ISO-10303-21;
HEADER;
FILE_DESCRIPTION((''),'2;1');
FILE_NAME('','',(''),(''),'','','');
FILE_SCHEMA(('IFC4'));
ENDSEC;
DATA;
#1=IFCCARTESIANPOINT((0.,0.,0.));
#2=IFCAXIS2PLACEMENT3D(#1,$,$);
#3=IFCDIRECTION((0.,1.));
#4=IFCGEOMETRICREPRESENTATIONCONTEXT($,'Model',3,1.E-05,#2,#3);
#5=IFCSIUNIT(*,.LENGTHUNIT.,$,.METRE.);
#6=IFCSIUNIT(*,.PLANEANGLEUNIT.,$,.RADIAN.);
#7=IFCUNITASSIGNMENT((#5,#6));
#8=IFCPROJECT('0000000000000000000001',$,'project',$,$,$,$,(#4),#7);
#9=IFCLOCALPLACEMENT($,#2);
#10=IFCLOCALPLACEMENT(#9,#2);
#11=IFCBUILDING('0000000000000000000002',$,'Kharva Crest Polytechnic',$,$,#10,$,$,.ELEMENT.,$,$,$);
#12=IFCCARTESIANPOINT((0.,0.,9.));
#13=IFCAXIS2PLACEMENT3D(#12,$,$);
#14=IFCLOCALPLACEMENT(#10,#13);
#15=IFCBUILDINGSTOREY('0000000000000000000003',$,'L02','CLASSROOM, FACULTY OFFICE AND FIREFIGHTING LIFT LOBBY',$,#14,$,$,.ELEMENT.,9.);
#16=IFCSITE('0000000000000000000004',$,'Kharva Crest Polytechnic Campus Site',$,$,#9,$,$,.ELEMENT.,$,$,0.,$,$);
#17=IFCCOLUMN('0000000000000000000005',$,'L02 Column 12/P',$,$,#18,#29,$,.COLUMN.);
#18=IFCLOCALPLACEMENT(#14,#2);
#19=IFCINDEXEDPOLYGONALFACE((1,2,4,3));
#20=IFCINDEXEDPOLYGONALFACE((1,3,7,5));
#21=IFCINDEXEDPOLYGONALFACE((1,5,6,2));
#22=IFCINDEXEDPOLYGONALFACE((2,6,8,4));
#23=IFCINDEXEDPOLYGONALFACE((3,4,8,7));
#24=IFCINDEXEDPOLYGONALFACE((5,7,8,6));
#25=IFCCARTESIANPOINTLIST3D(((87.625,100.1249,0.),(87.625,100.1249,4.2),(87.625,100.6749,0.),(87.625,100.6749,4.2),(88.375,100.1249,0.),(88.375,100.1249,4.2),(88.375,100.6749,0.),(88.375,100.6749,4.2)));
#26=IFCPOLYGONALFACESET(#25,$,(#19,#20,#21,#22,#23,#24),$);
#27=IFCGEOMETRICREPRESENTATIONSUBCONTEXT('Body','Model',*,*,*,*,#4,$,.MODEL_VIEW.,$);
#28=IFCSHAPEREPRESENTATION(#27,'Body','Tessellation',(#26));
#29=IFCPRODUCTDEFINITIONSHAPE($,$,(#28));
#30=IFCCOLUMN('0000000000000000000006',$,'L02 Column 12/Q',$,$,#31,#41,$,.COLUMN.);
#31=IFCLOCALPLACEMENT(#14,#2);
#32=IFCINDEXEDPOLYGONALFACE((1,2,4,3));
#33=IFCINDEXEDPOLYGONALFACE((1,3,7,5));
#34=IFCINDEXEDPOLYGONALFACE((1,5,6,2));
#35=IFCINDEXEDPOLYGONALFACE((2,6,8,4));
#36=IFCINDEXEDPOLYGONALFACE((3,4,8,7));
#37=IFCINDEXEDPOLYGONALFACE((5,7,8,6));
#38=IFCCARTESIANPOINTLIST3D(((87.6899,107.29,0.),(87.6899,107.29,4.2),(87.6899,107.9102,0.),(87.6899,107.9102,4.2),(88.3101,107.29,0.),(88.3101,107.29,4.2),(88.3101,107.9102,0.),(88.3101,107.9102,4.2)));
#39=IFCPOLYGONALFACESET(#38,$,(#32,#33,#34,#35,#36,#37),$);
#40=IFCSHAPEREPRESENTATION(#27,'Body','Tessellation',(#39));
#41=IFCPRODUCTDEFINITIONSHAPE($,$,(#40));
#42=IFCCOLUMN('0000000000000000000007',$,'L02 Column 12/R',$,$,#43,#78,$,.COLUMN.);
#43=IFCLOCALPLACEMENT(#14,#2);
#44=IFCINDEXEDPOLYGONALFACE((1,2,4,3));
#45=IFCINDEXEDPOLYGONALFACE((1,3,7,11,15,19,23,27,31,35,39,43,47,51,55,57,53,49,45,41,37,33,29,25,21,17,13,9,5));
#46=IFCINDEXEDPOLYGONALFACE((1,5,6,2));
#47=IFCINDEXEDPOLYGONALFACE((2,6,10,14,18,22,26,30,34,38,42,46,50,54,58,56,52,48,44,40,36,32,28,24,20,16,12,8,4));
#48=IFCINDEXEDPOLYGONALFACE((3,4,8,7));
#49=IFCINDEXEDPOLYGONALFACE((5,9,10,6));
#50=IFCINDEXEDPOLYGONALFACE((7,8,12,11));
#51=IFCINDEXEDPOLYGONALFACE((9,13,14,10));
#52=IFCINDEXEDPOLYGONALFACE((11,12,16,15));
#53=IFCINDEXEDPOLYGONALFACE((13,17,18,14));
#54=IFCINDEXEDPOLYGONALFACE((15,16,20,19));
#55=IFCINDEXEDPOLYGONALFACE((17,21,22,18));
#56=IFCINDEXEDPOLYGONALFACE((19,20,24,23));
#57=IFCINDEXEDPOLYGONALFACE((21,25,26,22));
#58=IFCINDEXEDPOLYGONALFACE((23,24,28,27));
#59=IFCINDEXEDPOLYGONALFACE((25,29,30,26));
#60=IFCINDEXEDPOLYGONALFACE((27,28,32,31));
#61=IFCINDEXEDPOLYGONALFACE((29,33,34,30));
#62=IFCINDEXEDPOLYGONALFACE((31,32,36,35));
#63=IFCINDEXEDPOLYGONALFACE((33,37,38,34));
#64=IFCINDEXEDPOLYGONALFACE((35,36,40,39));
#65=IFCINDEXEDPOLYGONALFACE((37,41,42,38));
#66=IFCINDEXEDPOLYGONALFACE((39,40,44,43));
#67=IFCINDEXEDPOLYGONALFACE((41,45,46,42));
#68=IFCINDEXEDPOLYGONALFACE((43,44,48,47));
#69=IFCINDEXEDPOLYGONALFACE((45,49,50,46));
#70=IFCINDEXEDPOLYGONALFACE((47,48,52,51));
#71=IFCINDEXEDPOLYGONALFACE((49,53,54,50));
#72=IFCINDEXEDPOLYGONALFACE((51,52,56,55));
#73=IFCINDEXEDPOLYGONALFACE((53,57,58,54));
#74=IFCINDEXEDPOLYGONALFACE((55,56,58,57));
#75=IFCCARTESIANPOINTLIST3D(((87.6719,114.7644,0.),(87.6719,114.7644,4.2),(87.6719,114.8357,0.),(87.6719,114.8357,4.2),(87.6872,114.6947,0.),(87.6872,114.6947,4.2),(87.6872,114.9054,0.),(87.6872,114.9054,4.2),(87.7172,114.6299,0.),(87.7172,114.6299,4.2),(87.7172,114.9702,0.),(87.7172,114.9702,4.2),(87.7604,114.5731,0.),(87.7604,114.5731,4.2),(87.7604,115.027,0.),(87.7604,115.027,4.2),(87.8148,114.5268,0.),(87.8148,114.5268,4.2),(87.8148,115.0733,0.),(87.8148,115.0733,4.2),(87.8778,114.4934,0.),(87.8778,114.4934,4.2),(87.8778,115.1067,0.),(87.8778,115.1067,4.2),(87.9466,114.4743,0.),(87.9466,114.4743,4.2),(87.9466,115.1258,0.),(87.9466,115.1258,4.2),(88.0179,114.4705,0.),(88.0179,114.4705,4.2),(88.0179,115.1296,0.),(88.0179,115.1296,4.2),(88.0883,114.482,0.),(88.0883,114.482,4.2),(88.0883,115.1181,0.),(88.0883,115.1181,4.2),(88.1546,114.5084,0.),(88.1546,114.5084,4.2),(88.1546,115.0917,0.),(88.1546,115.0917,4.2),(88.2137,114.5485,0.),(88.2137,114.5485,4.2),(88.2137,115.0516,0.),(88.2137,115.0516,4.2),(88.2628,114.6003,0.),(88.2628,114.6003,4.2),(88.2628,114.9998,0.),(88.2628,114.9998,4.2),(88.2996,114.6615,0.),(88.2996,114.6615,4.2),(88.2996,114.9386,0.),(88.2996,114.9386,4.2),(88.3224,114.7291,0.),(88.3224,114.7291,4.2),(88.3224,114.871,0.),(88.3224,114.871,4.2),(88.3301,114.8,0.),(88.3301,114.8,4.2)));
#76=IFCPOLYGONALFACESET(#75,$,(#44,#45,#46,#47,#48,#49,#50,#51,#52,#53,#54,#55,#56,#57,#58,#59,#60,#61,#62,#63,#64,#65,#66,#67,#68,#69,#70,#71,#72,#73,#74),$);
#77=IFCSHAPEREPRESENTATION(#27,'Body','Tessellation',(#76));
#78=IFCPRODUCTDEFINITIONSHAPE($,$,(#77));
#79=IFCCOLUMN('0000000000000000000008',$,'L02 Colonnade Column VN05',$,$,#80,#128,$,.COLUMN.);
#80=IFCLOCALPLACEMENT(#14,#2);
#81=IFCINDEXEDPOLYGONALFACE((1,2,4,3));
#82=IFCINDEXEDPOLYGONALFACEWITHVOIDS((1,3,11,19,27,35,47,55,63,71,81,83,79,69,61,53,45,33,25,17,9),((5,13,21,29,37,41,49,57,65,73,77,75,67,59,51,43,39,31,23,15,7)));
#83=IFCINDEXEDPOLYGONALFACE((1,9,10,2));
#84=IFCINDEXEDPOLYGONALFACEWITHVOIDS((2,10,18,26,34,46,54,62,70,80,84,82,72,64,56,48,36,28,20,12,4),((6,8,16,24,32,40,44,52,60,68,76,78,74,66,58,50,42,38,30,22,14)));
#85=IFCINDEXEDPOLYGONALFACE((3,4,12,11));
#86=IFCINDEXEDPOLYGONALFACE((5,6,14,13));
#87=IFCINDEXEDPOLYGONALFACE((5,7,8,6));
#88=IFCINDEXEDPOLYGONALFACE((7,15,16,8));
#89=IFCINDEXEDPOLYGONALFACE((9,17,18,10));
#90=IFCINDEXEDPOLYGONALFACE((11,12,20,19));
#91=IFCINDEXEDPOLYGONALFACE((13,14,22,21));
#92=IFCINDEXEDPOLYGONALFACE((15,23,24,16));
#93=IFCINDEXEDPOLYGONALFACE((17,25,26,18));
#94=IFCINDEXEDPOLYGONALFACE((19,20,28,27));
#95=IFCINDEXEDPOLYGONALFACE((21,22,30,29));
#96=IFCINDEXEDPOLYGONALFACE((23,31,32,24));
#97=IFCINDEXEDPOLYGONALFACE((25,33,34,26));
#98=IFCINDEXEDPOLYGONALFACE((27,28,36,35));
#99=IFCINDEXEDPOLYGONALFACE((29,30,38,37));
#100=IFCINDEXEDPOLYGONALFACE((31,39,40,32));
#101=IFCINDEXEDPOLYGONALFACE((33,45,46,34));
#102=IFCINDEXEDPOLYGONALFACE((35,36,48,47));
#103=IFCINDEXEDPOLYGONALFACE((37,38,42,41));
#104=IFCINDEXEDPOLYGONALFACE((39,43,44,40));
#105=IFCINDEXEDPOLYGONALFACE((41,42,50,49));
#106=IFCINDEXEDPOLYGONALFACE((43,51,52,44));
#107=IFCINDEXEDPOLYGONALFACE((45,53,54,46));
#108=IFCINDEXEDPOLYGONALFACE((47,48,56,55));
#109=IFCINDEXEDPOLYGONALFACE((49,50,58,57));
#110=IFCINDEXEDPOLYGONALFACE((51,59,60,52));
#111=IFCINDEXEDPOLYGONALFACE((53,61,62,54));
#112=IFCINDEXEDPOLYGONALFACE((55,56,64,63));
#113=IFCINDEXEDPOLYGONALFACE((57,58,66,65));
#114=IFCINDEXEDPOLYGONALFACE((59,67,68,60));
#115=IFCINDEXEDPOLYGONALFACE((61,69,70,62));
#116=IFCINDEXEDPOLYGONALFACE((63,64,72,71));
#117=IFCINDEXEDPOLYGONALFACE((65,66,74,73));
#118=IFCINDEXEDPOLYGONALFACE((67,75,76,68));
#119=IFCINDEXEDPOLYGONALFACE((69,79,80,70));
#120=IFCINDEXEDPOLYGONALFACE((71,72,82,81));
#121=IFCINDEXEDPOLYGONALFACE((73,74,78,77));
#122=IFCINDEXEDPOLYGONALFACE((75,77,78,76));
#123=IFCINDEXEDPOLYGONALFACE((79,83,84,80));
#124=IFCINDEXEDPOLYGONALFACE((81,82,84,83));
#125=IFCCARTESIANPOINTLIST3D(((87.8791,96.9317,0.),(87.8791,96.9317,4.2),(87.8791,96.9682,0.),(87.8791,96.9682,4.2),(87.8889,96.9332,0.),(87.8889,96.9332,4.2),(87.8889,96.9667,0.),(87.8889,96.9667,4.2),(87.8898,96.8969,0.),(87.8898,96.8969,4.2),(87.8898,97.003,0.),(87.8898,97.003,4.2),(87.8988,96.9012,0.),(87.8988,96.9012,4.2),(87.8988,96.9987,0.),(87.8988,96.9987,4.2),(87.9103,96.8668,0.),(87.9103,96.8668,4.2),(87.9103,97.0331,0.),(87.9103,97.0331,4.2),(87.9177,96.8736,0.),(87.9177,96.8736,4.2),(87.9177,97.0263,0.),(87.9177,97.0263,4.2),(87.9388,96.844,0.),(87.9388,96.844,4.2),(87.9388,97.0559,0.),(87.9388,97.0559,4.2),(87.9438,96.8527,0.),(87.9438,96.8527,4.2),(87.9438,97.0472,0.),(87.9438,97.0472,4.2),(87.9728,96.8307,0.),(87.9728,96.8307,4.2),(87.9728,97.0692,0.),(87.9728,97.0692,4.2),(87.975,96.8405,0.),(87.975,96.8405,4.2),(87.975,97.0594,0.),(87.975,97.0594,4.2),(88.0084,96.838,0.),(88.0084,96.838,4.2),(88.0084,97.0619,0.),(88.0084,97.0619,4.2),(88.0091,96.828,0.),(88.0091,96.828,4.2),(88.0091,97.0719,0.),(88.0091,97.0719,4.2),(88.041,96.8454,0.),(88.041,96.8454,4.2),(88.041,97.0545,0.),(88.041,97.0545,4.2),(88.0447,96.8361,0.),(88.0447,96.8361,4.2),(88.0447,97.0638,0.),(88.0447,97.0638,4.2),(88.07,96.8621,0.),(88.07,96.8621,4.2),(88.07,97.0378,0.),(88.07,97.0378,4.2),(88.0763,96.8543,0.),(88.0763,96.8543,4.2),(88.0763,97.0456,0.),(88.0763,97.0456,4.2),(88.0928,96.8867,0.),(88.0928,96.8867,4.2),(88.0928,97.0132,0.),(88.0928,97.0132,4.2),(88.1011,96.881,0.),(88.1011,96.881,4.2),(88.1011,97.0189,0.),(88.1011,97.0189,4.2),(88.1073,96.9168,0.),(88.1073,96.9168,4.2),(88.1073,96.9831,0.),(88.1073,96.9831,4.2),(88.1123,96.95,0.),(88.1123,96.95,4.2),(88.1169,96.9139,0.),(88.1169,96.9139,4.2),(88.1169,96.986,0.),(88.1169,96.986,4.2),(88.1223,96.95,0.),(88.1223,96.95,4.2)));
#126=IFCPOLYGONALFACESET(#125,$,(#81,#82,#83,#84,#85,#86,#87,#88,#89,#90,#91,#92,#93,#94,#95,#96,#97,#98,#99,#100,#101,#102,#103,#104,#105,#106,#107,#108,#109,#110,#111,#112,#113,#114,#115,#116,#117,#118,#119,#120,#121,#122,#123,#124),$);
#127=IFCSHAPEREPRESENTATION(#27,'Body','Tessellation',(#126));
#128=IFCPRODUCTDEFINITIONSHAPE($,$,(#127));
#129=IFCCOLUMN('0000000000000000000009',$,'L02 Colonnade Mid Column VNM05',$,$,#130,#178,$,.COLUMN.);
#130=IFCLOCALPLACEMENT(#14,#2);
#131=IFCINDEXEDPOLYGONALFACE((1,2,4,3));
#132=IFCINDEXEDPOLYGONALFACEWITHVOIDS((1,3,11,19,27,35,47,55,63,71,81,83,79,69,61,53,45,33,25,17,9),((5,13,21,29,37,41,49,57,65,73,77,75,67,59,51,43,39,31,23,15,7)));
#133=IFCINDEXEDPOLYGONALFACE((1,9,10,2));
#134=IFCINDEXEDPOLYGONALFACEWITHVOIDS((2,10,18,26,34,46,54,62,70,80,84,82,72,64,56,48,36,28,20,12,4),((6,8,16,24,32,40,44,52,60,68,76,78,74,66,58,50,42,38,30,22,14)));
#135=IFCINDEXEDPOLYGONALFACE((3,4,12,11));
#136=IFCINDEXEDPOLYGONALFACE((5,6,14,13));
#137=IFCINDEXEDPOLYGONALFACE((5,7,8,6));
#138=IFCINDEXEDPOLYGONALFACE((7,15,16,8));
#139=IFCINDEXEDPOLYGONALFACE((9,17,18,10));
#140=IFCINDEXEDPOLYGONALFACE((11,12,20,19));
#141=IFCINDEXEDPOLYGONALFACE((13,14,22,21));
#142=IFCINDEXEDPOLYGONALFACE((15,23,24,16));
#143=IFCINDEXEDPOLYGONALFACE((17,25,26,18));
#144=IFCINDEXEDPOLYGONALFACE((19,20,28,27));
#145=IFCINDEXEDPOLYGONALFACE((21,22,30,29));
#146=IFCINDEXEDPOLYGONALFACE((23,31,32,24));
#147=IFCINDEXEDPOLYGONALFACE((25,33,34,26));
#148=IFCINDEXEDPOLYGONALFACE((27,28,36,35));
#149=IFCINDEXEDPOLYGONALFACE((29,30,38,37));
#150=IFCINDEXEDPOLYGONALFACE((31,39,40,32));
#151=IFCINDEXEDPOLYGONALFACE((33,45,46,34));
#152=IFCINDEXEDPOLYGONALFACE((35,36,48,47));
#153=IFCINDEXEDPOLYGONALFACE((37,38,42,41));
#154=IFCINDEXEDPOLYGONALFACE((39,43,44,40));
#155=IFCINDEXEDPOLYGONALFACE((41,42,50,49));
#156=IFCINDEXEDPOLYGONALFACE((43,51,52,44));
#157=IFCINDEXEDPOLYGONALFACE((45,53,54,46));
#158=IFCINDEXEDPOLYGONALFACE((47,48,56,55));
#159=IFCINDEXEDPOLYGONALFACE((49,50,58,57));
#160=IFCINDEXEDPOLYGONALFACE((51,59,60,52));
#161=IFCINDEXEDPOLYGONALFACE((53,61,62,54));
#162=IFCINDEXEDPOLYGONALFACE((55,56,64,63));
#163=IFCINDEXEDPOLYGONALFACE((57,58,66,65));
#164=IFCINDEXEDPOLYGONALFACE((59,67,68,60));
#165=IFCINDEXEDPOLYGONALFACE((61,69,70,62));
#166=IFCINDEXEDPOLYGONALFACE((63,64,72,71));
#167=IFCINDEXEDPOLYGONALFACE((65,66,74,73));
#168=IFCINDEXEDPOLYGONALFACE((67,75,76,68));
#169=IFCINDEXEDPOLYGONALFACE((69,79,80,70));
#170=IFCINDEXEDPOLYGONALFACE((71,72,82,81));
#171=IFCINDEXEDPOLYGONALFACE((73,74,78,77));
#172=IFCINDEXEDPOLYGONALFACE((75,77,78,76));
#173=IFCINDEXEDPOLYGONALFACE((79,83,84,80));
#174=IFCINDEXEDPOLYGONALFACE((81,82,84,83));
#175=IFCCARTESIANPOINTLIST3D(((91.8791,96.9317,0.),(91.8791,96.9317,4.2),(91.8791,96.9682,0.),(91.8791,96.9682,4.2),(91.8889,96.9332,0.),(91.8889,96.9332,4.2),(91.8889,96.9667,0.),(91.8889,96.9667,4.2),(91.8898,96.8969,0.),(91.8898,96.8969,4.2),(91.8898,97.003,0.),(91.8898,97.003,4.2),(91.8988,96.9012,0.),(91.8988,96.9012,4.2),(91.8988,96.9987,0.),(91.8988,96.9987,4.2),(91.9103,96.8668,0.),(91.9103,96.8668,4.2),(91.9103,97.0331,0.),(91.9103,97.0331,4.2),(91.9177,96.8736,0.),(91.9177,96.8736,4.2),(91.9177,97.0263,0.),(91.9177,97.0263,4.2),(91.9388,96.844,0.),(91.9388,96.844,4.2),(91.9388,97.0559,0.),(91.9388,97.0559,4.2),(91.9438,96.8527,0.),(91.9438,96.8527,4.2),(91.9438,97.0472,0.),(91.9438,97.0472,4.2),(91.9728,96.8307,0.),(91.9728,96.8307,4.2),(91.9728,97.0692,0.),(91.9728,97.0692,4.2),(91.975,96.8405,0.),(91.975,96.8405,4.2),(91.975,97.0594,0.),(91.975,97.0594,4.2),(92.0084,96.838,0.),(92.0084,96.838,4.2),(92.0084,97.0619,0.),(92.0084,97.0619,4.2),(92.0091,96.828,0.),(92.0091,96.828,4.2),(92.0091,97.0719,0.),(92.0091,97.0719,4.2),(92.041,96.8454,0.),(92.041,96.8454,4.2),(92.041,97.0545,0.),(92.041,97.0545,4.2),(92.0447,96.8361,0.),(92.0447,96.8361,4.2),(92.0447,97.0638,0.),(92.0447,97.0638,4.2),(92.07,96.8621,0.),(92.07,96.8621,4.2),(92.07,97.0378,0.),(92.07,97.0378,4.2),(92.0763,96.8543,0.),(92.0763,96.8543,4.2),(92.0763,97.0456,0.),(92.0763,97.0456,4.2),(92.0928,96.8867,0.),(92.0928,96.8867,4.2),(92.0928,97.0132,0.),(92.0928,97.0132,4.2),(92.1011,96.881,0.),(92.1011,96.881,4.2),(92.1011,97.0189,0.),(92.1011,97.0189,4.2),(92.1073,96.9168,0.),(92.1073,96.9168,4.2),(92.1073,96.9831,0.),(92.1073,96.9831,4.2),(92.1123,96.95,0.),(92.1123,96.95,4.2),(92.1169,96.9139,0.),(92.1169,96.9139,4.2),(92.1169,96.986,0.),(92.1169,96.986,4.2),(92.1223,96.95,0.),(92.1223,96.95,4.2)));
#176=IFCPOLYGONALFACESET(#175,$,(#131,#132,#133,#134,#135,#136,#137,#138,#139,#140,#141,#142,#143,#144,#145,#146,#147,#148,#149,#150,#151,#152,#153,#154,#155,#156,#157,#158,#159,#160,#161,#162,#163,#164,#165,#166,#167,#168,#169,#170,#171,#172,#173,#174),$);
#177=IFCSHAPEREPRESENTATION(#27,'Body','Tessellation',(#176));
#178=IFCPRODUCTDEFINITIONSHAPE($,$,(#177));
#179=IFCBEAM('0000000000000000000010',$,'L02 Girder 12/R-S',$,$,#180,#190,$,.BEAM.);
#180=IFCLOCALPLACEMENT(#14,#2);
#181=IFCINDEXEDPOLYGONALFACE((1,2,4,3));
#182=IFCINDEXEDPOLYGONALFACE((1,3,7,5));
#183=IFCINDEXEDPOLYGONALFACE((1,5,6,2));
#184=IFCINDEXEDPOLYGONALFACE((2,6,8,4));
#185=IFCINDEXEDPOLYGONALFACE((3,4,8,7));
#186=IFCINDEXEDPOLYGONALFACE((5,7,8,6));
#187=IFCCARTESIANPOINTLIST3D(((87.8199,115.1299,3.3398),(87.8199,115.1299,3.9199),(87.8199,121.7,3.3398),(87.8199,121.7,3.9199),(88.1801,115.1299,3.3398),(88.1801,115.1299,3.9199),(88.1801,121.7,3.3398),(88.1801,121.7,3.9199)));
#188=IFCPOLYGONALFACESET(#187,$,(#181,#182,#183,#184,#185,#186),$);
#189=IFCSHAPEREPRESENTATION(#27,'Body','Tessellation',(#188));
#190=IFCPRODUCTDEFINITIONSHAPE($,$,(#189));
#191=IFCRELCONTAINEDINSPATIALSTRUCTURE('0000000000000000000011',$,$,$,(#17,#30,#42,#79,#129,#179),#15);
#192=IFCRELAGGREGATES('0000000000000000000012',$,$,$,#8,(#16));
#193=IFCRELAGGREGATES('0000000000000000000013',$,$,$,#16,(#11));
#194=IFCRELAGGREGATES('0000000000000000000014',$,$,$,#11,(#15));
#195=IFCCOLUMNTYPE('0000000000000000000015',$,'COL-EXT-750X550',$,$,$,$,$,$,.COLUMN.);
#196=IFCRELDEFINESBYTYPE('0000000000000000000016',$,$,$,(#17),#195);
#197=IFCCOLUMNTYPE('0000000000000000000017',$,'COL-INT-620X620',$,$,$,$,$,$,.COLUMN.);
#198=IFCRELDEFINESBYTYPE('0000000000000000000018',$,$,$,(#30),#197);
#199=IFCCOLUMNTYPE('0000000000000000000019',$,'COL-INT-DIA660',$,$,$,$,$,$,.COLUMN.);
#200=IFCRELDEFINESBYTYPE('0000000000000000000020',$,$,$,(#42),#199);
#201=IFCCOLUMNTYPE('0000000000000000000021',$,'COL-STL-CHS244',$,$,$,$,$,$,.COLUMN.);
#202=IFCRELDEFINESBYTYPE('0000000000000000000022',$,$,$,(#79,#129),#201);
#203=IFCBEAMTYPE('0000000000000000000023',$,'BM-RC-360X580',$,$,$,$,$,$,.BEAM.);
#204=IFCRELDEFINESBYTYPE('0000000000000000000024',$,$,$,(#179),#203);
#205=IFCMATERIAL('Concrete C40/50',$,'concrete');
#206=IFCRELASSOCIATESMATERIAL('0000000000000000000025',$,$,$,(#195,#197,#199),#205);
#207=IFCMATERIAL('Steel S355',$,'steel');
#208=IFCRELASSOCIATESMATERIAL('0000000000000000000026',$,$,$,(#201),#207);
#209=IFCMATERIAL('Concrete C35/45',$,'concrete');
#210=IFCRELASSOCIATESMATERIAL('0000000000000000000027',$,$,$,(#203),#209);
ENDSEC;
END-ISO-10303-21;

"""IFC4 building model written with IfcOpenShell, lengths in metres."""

from ifc_helpers import new_model, si_unit, direction, frame, origin, origin_2d, place, context, subcontext, project, spatial, rectangle, circle, hollow_circle, extrude, material, material_profile, profile_set, type_object, element, save


model = new_model("IFC4")

# Units and contexts
model_context = context("Model", 3, precision=1e-05, world=origin(), true_north=direction((0.0, 1.0)))
body_context = subcontext(model_context, "Body", "Model", "MODEL_VIEW")
ifc_project = project(units=[si_unit("LENGTHUNIT", "METRE"), si_unit("PLANEANGLEUNIT", "RADIAN")], contexts=[model_context])

# Site, building, storey
site_placement = place(None, origin())
site = spatial("IfcSite", under=ifc_project, at=site_placement, Name="Kharva Crest Polytechnic Campus Site", CompositionType="ELEMENT", RefElevation=0.0)
building_placement = place(site_placement, origin())
building = spatial("IfcBuilding", under=site, at=building_placement, Name="Kharva Crest Polytechnic", CompositionType="ELEMENT")
storey_placement = place(building_placement, frame((0.0, 0.0, 9.0)))
storey = spatial("IfcBuildingStorey", under=building, at=storey_placement, Name="L02", Description="CLASSROOM, FACULTY OFFICE AND FIREFIGHTING LIFT LOBBY", CompositionType="ELEMENT", Elevation=9.0)

# Columns
ifc_material_1 = material(Name="Concrete C40/50", Category="concrete")
ifc_material_profile_1 = material_profile(ifc_material_1, rectangle(XDim=0.75, YDim=0.55, at=origin_2d()), Name="RECT 750 X 550")
ifc_profile_set_1 = profile_set([ifc_material_profile_1], Name="Concrete C40/50")
column_type_1 = type_object("IfcColumnType", Name="COL-EXT-750X550", PredefinedType="COLUMN", material=ifc_profile_set_1)
column_1_placement = place(storey_placement, frame((88.0, 100.3999, 0.0), z_axis=(0.0, 0.0, 1.0), x_axis=(1.0, 0.0, 0.0)))
element("IfcColumn", 1, at=column_1_placement, inside=storey, type_object=column_type_1, Name="L02 Column 12/P", PredefinedType="COLUMN", context=body_context, shape_type="SweptSolid", body=[
    extrude(rectangle(XDim=0.75, YDim=0.55, at=origin_2d()), origin(), (0.0, 0.0, 1.0), 4.2),
])
ifc_material_profile_2 = material_profile(ifc_material_1, rectangle(XDim=0.6201, YDim=0.6201, at=origin_2d()), Name="RECT 620 X 620")
ifc_profile_set_2 = profile_set([ifc_material_profile_2], Name="Concrete C40/50")
column_type_2 = type_object("IfcColumnType", Name="COL-INT-620X620", PredefinedType="COLUMN", material=ifc_profile_set_2)
column_2_placement = place(storey_placement, frame((88.0, 107.6001, 0.0), z_axis=(0.0, 0.0, 1.0), x_axis=(1.0, 0.0, 0.0)))
element("IfcColumn", 2, at=column_2_placement, inside=storey, type_object=column_type_2, Name="L02 Column 12/Q", PredefinedType="COLUMN", context=body_context, shape_type="SweptSolid", body=[
    extrude(rectangle(XDim=0.6201, YDim=0.6201, at=origin_2d()), origin(), (0.0, 0.0, 1.0), 4.2),
])
ifc_material_profile_3 = material_profile(ifc_material_1, circle(Radius=0.3301, at=origin_2d()), Name="DIA 660")
ifc_profile_set_3 = profile_set([ifc_material_profile_3], Name="Concrete C40/50")
column_type_3 = type_object("IfcColumnType", Name="COL-INT-DIA660", PredefinedType="COLUMN", material=ifc_profile_set_3)
column_3_placement = place(storey_placement, frame((88.0, 114.8, 0.0), z_axis=(0.0, 0.0, 1.0), x_axis=(1.0, 0.0, 0.0)))
element("IfcColumn", 3, at=column_3_placement, inside=storey, type_object=column_type_3, Name="L02 Column 12/R", PredefinedType="COLUMN", context=body_context, shape_type="SweptSolid", body=[
    extrude(circle(Radius=0.3301, at=origin_2d()), origin(), (0.0, 0.0, 1.0), 4.2),
])
ifc_material_2 = material(Name="Steel S355", Category="steel")
ifc_material_profile_4 = material_profile(ifc_material_2, hollow_circle(Radius=0.1223, WallThickness=0.01, at=origin_2d()), Name="CHS 244.5X10.0")
ifc_profile_set_4 = profile_set([ifc_material_profile_4], Name="Steel S355")
column_type_4 = type_object("IfcColumnType", Name="COL-STL-CHS244", PredefinedType="COLUMN", material=ifc_profile_set_4)
for number, where, z_axis, x_axis, name in (
    (4, (88.0, 96.95, 0.0), (0.0, 0.0, 1.0), (1.0, 0.0, 0.0), "L02 Colonnade Column VN05"),
    (5, (92.0, 96.95, 0.0), (0.0, 0.0, 1.0), (1.0, 0.0, 0.0), "L02 Colonnade Mid Column VNM05"),
):
    element("IfcColumn", number, at=place(storey_placement, frame(where, z_axis=z_axis, x_axis=x_axis)), inside=storey, type_object=column_type_4, Name=name, PredefinedType="COLUMN", context=body_context, shape_type="SweptSolid", body=[
        extrude(hollow_circle(Radius=0.1223, WallThickness=0.01, at=origin_2d()), origin(), (0.0, 0.0, 1.0), 4.2),
    ])

# Beam
ifc_material_3 = material(Name="Concrete C35/45", Category="concrete")
ifc_material_profile_5 = material_profile(ifc_material_3, rectangle(XDim=0.3601, YDim=0.5801, at=origin_2d()), Name="RECT 360 X 580")
ifc_profile_set_5 = profile_set([ifc_material_profile_5], Name="Concrete C35/45")
beam_type_1 = type_object("IfcBeamType", Name="BM-RC-360X580", PredefinedType="BEAM", material=ifc_profile_set_5)
beam_1_placement = place(storey_placement, frame((88.0, 115.1299, 3.6299), z_axis=(0.0, 1.0, 0.0), x_axis=(-1.0, 0.0, 0.0)))
element("IfcBeam", 6, at=beam_1_placement, inside=storey, type_object=beam_type_1, Name="L02 Girder 12/R-S", PredefinedType="BEAM", context=body_context, shape_type="SweptSolid", body=[
    extrude(rectangle(XDim=0.3601, YDim=0.5801, at=origin_2d()), origin(), (0.0, 0.0, 1.0), 6.5701),
])

save(model, "model.ifc")
